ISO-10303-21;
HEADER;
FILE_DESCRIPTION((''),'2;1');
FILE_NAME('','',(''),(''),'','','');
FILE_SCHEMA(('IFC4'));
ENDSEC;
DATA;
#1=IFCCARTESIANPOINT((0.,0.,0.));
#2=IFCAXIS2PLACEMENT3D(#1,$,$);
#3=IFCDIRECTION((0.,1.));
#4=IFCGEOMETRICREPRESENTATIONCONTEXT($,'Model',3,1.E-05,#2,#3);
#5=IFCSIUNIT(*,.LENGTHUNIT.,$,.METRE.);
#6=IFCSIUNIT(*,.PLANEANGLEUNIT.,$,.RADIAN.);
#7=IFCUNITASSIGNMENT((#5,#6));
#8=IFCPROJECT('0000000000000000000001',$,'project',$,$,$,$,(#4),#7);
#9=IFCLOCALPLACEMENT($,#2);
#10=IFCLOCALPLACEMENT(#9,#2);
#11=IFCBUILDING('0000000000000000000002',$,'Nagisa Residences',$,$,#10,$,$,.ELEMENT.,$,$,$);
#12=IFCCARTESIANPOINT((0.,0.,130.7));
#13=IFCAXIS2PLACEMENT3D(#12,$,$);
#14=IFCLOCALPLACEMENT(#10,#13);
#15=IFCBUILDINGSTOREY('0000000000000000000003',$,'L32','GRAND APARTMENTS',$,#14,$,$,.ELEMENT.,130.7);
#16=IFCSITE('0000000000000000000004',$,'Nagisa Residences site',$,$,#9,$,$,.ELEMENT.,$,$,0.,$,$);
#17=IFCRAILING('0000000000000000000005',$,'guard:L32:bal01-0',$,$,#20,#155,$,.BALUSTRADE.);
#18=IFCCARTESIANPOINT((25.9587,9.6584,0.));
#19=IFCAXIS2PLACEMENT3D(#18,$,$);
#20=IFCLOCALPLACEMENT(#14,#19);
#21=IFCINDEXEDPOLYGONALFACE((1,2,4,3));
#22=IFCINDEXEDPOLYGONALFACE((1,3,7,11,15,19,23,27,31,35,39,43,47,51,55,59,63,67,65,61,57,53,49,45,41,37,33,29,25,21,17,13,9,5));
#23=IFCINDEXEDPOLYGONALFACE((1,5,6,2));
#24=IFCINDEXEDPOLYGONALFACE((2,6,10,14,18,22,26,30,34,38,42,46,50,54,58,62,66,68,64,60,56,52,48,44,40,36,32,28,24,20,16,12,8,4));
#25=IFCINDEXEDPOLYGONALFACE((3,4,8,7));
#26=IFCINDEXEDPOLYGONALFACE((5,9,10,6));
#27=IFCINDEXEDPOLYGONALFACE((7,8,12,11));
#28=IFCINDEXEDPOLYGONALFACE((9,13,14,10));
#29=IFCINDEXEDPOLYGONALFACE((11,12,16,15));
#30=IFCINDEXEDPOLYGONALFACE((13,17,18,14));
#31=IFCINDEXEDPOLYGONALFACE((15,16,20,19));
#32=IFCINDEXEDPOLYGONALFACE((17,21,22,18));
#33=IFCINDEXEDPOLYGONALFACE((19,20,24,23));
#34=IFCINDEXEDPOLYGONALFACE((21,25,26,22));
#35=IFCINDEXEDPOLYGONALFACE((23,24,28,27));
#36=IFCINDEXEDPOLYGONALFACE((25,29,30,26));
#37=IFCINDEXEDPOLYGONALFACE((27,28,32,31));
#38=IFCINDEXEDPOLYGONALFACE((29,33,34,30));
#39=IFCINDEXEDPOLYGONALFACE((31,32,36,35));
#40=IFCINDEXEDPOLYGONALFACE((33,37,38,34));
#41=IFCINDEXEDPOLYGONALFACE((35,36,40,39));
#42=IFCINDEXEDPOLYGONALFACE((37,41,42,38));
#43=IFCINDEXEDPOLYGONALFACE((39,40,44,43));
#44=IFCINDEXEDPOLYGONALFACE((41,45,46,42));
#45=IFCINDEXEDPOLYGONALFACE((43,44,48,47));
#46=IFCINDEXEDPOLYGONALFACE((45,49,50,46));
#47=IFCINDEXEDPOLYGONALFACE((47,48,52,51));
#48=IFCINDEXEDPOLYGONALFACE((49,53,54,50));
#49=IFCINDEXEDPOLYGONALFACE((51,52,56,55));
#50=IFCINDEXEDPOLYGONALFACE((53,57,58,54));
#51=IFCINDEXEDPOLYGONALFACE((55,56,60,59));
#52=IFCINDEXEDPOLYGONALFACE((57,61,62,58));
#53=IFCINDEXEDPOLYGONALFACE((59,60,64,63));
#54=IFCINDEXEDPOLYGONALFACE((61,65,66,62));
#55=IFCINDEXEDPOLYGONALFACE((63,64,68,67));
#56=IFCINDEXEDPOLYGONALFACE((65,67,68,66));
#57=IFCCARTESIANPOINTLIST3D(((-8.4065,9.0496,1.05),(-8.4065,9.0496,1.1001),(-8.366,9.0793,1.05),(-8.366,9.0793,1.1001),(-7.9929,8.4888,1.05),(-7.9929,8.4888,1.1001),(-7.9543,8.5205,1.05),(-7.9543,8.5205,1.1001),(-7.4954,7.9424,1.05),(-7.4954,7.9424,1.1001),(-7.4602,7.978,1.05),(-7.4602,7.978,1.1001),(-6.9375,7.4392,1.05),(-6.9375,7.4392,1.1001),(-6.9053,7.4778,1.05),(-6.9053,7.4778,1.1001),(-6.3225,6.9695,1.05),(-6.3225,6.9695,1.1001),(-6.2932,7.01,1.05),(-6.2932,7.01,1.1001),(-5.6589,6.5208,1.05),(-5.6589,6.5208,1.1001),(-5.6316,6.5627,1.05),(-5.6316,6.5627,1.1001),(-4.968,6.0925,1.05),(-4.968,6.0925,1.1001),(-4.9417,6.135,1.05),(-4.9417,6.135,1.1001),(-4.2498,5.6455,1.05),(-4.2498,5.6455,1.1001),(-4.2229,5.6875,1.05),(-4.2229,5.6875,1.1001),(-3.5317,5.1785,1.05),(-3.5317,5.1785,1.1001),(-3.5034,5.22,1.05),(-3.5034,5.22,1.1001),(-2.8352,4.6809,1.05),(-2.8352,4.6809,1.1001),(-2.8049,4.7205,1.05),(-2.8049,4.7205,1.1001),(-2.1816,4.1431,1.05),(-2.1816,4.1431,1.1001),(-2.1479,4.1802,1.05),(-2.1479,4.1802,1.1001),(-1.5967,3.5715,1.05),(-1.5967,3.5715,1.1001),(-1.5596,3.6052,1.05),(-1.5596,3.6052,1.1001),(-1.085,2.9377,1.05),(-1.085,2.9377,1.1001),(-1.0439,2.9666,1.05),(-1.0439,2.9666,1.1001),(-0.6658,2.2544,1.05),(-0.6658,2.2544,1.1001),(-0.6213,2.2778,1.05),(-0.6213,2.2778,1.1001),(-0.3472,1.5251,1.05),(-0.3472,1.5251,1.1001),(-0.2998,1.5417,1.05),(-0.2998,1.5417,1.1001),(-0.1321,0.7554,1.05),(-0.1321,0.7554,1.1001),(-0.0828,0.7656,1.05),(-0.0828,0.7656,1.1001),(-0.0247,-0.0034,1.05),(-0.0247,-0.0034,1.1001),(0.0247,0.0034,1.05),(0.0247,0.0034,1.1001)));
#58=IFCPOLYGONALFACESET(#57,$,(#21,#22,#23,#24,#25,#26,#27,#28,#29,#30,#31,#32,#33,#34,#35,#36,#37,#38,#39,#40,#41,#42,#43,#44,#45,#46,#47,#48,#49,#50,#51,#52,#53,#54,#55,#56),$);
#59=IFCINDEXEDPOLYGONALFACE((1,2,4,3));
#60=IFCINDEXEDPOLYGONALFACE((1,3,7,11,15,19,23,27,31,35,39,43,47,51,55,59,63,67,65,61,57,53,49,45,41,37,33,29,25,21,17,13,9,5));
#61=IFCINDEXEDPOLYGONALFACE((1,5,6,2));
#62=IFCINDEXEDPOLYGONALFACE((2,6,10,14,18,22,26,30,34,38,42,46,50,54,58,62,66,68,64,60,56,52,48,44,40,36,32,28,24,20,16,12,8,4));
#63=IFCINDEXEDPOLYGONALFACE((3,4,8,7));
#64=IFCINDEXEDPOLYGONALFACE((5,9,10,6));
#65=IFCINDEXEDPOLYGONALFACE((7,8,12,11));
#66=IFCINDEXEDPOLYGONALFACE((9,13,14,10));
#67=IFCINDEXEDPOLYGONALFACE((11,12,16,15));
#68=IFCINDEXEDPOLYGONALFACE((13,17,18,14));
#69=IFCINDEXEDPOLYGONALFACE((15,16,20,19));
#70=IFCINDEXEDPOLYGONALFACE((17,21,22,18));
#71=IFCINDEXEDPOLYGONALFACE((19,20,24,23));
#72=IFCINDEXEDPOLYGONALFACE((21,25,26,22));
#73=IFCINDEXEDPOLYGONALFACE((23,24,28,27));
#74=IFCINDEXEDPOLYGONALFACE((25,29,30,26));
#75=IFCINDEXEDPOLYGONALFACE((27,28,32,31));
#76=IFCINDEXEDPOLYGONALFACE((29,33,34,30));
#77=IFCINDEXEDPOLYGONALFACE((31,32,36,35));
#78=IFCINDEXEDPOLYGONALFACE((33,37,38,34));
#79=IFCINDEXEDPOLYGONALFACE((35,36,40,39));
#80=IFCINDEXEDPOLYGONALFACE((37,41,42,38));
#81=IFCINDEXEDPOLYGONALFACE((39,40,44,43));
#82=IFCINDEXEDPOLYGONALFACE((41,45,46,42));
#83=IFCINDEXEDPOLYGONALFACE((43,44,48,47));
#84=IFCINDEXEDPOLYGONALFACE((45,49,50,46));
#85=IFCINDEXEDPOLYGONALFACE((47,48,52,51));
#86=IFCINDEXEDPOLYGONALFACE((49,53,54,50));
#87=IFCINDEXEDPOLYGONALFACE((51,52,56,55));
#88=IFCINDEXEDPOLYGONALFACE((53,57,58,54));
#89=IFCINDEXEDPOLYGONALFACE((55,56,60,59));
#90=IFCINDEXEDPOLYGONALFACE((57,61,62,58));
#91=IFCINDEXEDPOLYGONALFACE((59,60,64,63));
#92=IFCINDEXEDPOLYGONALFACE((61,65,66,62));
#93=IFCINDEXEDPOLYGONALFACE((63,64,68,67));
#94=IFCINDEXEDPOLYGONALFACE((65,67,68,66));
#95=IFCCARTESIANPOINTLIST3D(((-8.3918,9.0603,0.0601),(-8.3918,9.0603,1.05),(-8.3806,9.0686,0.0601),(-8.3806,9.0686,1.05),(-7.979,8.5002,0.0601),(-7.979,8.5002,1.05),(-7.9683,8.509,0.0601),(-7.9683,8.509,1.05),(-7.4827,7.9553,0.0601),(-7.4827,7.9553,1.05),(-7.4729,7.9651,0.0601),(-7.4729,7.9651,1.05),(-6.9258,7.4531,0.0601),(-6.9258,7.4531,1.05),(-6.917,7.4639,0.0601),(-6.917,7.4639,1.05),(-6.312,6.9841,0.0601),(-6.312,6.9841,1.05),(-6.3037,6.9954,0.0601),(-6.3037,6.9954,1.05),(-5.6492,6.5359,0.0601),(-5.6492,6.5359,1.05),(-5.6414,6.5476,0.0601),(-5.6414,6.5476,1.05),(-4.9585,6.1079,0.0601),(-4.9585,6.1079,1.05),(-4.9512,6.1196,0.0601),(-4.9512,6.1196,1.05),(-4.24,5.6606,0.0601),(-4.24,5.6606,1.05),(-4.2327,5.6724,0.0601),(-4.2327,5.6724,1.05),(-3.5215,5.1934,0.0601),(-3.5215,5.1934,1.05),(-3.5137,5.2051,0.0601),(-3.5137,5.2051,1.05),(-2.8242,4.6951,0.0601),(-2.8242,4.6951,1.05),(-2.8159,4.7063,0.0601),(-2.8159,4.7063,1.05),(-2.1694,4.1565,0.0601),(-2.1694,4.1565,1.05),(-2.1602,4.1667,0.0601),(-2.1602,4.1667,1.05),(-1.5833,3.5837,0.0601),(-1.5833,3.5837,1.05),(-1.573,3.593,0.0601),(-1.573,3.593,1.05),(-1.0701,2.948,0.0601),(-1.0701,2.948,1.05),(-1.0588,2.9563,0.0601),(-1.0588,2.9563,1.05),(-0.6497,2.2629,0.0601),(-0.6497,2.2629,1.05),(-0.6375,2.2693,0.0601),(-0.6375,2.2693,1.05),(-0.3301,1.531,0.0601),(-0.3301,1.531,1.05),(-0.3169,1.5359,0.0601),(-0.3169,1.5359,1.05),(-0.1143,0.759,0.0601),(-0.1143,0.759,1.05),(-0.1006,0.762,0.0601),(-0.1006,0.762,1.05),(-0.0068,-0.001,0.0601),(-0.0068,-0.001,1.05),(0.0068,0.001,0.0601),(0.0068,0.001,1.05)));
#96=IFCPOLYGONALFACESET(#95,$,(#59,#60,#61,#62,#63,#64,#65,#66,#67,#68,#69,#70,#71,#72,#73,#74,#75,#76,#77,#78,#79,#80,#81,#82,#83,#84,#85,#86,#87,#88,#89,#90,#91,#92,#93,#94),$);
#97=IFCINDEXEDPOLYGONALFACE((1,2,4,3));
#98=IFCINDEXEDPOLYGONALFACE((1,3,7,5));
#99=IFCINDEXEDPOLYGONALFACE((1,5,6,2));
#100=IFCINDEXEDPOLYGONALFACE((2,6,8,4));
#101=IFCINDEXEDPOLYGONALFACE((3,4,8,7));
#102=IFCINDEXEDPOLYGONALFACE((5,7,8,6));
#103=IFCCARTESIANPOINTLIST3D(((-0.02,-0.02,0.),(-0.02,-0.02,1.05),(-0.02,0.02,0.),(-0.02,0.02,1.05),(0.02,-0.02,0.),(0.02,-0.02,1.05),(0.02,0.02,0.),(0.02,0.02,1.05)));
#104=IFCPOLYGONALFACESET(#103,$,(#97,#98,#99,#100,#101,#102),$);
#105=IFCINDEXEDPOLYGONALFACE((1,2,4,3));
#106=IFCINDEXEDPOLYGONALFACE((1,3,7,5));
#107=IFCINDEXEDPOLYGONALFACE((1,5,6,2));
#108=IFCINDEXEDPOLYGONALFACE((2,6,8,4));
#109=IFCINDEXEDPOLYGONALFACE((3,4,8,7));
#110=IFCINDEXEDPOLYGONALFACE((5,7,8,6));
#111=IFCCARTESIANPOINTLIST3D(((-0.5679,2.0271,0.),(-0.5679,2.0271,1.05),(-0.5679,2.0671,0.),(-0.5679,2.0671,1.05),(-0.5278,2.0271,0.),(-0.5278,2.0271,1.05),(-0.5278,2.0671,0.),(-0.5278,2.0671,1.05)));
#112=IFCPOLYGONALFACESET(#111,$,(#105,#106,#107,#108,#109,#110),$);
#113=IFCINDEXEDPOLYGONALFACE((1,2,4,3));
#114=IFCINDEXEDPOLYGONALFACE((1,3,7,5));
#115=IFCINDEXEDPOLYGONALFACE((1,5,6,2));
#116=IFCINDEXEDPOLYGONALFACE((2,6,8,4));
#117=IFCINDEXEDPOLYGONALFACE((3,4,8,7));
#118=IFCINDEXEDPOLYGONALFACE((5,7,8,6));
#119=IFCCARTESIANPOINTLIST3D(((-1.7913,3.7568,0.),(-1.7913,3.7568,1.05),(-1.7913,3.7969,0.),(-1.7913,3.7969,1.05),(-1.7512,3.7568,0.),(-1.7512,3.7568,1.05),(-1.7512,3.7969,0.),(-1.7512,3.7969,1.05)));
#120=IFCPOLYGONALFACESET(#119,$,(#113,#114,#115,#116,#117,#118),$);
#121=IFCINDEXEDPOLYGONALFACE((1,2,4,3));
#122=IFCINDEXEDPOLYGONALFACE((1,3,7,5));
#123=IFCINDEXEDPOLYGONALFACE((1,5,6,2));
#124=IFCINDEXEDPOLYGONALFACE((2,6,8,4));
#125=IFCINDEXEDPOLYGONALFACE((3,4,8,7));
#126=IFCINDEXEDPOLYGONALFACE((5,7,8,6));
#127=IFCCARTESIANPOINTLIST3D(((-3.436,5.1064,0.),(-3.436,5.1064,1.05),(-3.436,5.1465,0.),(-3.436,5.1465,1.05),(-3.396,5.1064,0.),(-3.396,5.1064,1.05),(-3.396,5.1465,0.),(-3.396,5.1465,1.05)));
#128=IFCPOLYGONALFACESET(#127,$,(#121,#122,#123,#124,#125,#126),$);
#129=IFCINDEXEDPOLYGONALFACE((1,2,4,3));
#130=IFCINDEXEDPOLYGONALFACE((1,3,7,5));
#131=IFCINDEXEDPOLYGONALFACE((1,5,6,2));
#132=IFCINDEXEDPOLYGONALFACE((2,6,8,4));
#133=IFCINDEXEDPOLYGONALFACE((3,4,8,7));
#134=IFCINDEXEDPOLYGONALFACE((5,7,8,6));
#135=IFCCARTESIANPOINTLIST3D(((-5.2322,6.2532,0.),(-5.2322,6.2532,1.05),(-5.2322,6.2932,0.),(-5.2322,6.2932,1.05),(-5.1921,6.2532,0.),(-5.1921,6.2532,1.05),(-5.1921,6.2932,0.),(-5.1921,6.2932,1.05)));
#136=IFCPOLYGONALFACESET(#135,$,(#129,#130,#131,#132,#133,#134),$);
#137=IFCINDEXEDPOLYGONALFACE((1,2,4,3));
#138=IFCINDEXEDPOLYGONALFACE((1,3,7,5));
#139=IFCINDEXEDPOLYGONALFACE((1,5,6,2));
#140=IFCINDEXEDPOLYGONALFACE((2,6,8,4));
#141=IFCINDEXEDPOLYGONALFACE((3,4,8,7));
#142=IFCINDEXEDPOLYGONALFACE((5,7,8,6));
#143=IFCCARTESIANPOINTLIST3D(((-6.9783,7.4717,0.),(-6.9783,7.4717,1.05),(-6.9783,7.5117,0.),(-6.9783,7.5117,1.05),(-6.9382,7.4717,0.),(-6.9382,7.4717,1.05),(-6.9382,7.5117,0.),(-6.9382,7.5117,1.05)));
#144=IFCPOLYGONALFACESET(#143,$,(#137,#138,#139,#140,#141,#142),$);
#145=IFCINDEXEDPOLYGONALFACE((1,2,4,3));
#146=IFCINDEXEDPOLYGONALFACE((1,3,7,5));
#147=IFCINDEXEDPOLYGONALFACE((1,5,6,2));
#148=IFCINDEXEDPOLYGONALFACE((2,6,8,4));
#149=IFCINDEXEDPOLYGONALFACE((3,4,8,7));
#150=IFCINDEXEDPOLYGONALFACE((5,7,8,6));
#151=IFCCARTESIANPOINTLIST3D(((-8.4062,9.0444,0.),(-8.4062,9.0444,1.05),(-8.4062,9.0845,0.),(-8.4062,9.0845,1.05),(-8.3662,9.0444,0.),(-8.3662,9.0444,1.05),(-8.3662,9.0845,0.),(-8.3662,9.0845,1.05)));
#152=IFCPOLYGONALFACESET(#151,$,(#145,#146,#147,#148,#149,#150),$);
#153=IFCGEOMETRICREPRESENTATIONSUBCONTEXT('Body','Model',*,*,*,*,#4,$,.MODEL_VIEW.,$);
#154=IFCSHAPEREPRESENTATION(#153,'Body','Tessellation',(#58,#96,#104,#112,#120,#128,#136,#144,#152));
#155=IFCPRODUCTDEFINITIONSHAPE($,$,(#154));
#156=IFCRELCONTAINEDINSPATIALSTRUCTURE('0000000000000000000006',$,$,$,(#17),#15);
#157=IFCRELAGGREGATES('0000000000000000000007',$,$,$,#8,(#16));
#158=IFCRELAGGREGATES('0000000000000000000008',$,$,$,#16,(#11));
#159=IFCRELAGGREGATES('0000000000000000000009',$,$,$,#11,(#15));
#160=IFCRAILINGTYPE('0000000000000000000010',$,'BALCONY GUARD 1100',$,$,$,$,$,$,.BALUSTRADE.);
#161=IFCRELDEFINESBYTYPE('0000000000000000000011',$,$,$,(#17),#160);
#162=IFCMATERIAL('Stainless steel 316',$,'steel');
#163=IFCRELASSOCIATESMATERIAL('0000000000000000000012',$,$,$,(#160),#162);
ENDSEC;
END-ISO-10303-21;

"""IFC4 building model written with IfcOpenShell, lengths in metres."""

from ifc_helpers import new_model, si_unit, direction, frame, origin, origin_2d, place, context, subcontext, project, spatial, polyline, rectangle, outline, extrude, material, type_object, element, save


model = new_model("IFC4")

# Units and contexts
model_context = context("Model", 3, precision=1e-05, world=origin(), true_north=direction((0.0, 1.0)))
body_context = subcontext(model_context, "Body", "Model", "MODEL_VIEW")
ifc_project = project(units=[si_unit("LENGTHUNIT", "METRE"), si_unit("PLANEANGLEUNIT", "RADIAN")], contexts=[model_context])

# Site, building, storey
site_placement = place(None, origin())
site = spatial("IfcSite", under=ifc_project, at=site_placement, Name="Nagisa Residences site", CompositionType="ELEMENT", RefElevation=0.0)
building_placement = place(site_placement, origin())
building = spatial("IfcBuilding", under=site, at=building_placement, Name="Nagisa Residences", CompositionType="ELEMENT")
storey_placement = place(building_placement, frame((0.0, 0.0, 130.7)))
storey = spatial("IfcBuildingStorey", under=building, at=storey_placement, Name="L32", Description="GRAND APARTMENTS", CompositionType="ELEMENT", Elevation=130.7)

# Railing
ifc_material_1 = material(Name="Stainless steel 316", Category="steel")
railing_type_1 = type_object("IfcRailingType", Name="BALCONY GUARD 1100", PredefinedType="BALUSTRADE", material=ifc_material_1)
railing_1_placement = place(storey_placement, frame((25.9587, 9.6584, 0.0)))
element("IfcRailing", 1, at=railing_1_placement, inside=storey, type_object=railing_type_1, Name="guard:L32:bal01-0", PredefinedType="BALUSTRADE", context=body_context, shape_type="SweptSolid", body=[
    extrude(outline(polyline([(-0.1321, 0.7554), (-0.0247, -0.0034), (0.0247, 0.0034), (-0.0828, 0.7656), (-0.2998, 1.5417), (-0.6213, 2.2778), (-1.0439, 2.9666), (-1.5596, 3.6052), (-2.1479, 4.1802), (-2.8049, 4.7205), (-3.5034, 5.22), (-4.2229, 5.6875), (-4.9417, 6.135), (-5.6316, 6.5627), (-6.2932, 7.01), (-6.9053, 7.4778), (-7.4602, 7.978), (-7.9543, 8.5205), (-8.366, 9.0793), (-8.4065, 9.0496), (-7.9929, 8.4888), (-7.4954, 7.9424), (-6.9375, 7.4392), (-6.3225, 6.9695), (-5.6589, 6.5208), (-4.968, 6.0925), (-4.2498, 5.6455), (-3.5317, 5.1785), (-2.8352, 4.6809), (-2.1816, 4.1431), (-1.5967, 3.5715), (-1.085, 2.9377), (-0.6658, 2.2544), (-0.3472, 1.5251), (-0.1321, 0.7554)])), frame((0.0, 0.0, 1.05)), (0.0, 0.0, 1.0), 0.05),
    extrude(outline(polyline([(-0.1143, 0.759), (-0.0068, -0.001), (0.0068, 0.001), (-0.1006, 0.762), (-0.3169, 1.5359), (-0.6375, 2.2693), (-1.0588, 2.9563), (-1.573, 3.593), (-2.1602, 4.1667), (-2.8159, 4.7063), (-3.5137, 5.2051), (-4.2327, 5.6724), (-4.9512, 6.1196), (-5.6414, 6.5476), (-6.3037, 6.9954), (-6.917, 7.4639), (-7.4729, 7.9651), (-7.9683, 8.509), (-8.3806, 9.0686), (-8.3918, 9.0603), (-7.979, 8.5002), (-7.4827, 7.9553), (-6.9258, 7.4531), (-6.312, 6.9841), (-5.6492, 6.5359), (-4.9585, 6.1079), (-4.24, 5.6606), (-3.5215, 5.1934), (-2.8242, 4.6951), (-2.1694, 4.1565), (-1.5833, 3.5837), (-1.0701, 2.948), (-0.6497, 2.2629), (-0.3301, 1.531), (-0.1143, 0.759)])), frame((0.0, 0.0, 0.0601)), (0.0, 0.0, 1.0), 0.99),
    extrude(rectangle(XDim=0.04, YDim=0.04, at=origin_2d()), origin(), (0.0, 0.0, 1.0), 1.05),
    extrude(rectangle(XDim=0.04, YDim=0.04, at=origin_2d()), frame((-0.5479, 2.0471, 0.0)), (0.0, 0.0, 1.0), 1.05),
    extrude(rectangle(XDim=0.04, YDim=0.04, at=origin_2d()), frame((-1.7712, 3.7769, 0.0)), (0.0, 0.0, 1.0), 1.05),
    extrude(rectangle(XDim=0.04, YDim=0.04, at=origin_2d()), frame((-3.416, 5.1265, 0.0)), (0.0, 0.0, 1.0), 1.05),
    extrude(rectangle(XDim=0.04, YDim=0.04, at=origin_2d()), frame((-5.2122, 6.2732, 0.0)), (0.0, 0.0, 1.0), 1.05),
    extrude(rectangle(XDim=0.04, YDim=0.04, at=origin_2d()), frame((-6.9583, 7.4917, 0.0)), (0.0, 0.0, 1.0), 1.05),
    extrude(rectangle(XDim=0.04, YDim=0.04, at=origin_2d()), frame((-8.3862, 9.0645, 0.0)), (0.0, 0.0, 1.0), 1.05),
])

save(model, "model.ifc")
